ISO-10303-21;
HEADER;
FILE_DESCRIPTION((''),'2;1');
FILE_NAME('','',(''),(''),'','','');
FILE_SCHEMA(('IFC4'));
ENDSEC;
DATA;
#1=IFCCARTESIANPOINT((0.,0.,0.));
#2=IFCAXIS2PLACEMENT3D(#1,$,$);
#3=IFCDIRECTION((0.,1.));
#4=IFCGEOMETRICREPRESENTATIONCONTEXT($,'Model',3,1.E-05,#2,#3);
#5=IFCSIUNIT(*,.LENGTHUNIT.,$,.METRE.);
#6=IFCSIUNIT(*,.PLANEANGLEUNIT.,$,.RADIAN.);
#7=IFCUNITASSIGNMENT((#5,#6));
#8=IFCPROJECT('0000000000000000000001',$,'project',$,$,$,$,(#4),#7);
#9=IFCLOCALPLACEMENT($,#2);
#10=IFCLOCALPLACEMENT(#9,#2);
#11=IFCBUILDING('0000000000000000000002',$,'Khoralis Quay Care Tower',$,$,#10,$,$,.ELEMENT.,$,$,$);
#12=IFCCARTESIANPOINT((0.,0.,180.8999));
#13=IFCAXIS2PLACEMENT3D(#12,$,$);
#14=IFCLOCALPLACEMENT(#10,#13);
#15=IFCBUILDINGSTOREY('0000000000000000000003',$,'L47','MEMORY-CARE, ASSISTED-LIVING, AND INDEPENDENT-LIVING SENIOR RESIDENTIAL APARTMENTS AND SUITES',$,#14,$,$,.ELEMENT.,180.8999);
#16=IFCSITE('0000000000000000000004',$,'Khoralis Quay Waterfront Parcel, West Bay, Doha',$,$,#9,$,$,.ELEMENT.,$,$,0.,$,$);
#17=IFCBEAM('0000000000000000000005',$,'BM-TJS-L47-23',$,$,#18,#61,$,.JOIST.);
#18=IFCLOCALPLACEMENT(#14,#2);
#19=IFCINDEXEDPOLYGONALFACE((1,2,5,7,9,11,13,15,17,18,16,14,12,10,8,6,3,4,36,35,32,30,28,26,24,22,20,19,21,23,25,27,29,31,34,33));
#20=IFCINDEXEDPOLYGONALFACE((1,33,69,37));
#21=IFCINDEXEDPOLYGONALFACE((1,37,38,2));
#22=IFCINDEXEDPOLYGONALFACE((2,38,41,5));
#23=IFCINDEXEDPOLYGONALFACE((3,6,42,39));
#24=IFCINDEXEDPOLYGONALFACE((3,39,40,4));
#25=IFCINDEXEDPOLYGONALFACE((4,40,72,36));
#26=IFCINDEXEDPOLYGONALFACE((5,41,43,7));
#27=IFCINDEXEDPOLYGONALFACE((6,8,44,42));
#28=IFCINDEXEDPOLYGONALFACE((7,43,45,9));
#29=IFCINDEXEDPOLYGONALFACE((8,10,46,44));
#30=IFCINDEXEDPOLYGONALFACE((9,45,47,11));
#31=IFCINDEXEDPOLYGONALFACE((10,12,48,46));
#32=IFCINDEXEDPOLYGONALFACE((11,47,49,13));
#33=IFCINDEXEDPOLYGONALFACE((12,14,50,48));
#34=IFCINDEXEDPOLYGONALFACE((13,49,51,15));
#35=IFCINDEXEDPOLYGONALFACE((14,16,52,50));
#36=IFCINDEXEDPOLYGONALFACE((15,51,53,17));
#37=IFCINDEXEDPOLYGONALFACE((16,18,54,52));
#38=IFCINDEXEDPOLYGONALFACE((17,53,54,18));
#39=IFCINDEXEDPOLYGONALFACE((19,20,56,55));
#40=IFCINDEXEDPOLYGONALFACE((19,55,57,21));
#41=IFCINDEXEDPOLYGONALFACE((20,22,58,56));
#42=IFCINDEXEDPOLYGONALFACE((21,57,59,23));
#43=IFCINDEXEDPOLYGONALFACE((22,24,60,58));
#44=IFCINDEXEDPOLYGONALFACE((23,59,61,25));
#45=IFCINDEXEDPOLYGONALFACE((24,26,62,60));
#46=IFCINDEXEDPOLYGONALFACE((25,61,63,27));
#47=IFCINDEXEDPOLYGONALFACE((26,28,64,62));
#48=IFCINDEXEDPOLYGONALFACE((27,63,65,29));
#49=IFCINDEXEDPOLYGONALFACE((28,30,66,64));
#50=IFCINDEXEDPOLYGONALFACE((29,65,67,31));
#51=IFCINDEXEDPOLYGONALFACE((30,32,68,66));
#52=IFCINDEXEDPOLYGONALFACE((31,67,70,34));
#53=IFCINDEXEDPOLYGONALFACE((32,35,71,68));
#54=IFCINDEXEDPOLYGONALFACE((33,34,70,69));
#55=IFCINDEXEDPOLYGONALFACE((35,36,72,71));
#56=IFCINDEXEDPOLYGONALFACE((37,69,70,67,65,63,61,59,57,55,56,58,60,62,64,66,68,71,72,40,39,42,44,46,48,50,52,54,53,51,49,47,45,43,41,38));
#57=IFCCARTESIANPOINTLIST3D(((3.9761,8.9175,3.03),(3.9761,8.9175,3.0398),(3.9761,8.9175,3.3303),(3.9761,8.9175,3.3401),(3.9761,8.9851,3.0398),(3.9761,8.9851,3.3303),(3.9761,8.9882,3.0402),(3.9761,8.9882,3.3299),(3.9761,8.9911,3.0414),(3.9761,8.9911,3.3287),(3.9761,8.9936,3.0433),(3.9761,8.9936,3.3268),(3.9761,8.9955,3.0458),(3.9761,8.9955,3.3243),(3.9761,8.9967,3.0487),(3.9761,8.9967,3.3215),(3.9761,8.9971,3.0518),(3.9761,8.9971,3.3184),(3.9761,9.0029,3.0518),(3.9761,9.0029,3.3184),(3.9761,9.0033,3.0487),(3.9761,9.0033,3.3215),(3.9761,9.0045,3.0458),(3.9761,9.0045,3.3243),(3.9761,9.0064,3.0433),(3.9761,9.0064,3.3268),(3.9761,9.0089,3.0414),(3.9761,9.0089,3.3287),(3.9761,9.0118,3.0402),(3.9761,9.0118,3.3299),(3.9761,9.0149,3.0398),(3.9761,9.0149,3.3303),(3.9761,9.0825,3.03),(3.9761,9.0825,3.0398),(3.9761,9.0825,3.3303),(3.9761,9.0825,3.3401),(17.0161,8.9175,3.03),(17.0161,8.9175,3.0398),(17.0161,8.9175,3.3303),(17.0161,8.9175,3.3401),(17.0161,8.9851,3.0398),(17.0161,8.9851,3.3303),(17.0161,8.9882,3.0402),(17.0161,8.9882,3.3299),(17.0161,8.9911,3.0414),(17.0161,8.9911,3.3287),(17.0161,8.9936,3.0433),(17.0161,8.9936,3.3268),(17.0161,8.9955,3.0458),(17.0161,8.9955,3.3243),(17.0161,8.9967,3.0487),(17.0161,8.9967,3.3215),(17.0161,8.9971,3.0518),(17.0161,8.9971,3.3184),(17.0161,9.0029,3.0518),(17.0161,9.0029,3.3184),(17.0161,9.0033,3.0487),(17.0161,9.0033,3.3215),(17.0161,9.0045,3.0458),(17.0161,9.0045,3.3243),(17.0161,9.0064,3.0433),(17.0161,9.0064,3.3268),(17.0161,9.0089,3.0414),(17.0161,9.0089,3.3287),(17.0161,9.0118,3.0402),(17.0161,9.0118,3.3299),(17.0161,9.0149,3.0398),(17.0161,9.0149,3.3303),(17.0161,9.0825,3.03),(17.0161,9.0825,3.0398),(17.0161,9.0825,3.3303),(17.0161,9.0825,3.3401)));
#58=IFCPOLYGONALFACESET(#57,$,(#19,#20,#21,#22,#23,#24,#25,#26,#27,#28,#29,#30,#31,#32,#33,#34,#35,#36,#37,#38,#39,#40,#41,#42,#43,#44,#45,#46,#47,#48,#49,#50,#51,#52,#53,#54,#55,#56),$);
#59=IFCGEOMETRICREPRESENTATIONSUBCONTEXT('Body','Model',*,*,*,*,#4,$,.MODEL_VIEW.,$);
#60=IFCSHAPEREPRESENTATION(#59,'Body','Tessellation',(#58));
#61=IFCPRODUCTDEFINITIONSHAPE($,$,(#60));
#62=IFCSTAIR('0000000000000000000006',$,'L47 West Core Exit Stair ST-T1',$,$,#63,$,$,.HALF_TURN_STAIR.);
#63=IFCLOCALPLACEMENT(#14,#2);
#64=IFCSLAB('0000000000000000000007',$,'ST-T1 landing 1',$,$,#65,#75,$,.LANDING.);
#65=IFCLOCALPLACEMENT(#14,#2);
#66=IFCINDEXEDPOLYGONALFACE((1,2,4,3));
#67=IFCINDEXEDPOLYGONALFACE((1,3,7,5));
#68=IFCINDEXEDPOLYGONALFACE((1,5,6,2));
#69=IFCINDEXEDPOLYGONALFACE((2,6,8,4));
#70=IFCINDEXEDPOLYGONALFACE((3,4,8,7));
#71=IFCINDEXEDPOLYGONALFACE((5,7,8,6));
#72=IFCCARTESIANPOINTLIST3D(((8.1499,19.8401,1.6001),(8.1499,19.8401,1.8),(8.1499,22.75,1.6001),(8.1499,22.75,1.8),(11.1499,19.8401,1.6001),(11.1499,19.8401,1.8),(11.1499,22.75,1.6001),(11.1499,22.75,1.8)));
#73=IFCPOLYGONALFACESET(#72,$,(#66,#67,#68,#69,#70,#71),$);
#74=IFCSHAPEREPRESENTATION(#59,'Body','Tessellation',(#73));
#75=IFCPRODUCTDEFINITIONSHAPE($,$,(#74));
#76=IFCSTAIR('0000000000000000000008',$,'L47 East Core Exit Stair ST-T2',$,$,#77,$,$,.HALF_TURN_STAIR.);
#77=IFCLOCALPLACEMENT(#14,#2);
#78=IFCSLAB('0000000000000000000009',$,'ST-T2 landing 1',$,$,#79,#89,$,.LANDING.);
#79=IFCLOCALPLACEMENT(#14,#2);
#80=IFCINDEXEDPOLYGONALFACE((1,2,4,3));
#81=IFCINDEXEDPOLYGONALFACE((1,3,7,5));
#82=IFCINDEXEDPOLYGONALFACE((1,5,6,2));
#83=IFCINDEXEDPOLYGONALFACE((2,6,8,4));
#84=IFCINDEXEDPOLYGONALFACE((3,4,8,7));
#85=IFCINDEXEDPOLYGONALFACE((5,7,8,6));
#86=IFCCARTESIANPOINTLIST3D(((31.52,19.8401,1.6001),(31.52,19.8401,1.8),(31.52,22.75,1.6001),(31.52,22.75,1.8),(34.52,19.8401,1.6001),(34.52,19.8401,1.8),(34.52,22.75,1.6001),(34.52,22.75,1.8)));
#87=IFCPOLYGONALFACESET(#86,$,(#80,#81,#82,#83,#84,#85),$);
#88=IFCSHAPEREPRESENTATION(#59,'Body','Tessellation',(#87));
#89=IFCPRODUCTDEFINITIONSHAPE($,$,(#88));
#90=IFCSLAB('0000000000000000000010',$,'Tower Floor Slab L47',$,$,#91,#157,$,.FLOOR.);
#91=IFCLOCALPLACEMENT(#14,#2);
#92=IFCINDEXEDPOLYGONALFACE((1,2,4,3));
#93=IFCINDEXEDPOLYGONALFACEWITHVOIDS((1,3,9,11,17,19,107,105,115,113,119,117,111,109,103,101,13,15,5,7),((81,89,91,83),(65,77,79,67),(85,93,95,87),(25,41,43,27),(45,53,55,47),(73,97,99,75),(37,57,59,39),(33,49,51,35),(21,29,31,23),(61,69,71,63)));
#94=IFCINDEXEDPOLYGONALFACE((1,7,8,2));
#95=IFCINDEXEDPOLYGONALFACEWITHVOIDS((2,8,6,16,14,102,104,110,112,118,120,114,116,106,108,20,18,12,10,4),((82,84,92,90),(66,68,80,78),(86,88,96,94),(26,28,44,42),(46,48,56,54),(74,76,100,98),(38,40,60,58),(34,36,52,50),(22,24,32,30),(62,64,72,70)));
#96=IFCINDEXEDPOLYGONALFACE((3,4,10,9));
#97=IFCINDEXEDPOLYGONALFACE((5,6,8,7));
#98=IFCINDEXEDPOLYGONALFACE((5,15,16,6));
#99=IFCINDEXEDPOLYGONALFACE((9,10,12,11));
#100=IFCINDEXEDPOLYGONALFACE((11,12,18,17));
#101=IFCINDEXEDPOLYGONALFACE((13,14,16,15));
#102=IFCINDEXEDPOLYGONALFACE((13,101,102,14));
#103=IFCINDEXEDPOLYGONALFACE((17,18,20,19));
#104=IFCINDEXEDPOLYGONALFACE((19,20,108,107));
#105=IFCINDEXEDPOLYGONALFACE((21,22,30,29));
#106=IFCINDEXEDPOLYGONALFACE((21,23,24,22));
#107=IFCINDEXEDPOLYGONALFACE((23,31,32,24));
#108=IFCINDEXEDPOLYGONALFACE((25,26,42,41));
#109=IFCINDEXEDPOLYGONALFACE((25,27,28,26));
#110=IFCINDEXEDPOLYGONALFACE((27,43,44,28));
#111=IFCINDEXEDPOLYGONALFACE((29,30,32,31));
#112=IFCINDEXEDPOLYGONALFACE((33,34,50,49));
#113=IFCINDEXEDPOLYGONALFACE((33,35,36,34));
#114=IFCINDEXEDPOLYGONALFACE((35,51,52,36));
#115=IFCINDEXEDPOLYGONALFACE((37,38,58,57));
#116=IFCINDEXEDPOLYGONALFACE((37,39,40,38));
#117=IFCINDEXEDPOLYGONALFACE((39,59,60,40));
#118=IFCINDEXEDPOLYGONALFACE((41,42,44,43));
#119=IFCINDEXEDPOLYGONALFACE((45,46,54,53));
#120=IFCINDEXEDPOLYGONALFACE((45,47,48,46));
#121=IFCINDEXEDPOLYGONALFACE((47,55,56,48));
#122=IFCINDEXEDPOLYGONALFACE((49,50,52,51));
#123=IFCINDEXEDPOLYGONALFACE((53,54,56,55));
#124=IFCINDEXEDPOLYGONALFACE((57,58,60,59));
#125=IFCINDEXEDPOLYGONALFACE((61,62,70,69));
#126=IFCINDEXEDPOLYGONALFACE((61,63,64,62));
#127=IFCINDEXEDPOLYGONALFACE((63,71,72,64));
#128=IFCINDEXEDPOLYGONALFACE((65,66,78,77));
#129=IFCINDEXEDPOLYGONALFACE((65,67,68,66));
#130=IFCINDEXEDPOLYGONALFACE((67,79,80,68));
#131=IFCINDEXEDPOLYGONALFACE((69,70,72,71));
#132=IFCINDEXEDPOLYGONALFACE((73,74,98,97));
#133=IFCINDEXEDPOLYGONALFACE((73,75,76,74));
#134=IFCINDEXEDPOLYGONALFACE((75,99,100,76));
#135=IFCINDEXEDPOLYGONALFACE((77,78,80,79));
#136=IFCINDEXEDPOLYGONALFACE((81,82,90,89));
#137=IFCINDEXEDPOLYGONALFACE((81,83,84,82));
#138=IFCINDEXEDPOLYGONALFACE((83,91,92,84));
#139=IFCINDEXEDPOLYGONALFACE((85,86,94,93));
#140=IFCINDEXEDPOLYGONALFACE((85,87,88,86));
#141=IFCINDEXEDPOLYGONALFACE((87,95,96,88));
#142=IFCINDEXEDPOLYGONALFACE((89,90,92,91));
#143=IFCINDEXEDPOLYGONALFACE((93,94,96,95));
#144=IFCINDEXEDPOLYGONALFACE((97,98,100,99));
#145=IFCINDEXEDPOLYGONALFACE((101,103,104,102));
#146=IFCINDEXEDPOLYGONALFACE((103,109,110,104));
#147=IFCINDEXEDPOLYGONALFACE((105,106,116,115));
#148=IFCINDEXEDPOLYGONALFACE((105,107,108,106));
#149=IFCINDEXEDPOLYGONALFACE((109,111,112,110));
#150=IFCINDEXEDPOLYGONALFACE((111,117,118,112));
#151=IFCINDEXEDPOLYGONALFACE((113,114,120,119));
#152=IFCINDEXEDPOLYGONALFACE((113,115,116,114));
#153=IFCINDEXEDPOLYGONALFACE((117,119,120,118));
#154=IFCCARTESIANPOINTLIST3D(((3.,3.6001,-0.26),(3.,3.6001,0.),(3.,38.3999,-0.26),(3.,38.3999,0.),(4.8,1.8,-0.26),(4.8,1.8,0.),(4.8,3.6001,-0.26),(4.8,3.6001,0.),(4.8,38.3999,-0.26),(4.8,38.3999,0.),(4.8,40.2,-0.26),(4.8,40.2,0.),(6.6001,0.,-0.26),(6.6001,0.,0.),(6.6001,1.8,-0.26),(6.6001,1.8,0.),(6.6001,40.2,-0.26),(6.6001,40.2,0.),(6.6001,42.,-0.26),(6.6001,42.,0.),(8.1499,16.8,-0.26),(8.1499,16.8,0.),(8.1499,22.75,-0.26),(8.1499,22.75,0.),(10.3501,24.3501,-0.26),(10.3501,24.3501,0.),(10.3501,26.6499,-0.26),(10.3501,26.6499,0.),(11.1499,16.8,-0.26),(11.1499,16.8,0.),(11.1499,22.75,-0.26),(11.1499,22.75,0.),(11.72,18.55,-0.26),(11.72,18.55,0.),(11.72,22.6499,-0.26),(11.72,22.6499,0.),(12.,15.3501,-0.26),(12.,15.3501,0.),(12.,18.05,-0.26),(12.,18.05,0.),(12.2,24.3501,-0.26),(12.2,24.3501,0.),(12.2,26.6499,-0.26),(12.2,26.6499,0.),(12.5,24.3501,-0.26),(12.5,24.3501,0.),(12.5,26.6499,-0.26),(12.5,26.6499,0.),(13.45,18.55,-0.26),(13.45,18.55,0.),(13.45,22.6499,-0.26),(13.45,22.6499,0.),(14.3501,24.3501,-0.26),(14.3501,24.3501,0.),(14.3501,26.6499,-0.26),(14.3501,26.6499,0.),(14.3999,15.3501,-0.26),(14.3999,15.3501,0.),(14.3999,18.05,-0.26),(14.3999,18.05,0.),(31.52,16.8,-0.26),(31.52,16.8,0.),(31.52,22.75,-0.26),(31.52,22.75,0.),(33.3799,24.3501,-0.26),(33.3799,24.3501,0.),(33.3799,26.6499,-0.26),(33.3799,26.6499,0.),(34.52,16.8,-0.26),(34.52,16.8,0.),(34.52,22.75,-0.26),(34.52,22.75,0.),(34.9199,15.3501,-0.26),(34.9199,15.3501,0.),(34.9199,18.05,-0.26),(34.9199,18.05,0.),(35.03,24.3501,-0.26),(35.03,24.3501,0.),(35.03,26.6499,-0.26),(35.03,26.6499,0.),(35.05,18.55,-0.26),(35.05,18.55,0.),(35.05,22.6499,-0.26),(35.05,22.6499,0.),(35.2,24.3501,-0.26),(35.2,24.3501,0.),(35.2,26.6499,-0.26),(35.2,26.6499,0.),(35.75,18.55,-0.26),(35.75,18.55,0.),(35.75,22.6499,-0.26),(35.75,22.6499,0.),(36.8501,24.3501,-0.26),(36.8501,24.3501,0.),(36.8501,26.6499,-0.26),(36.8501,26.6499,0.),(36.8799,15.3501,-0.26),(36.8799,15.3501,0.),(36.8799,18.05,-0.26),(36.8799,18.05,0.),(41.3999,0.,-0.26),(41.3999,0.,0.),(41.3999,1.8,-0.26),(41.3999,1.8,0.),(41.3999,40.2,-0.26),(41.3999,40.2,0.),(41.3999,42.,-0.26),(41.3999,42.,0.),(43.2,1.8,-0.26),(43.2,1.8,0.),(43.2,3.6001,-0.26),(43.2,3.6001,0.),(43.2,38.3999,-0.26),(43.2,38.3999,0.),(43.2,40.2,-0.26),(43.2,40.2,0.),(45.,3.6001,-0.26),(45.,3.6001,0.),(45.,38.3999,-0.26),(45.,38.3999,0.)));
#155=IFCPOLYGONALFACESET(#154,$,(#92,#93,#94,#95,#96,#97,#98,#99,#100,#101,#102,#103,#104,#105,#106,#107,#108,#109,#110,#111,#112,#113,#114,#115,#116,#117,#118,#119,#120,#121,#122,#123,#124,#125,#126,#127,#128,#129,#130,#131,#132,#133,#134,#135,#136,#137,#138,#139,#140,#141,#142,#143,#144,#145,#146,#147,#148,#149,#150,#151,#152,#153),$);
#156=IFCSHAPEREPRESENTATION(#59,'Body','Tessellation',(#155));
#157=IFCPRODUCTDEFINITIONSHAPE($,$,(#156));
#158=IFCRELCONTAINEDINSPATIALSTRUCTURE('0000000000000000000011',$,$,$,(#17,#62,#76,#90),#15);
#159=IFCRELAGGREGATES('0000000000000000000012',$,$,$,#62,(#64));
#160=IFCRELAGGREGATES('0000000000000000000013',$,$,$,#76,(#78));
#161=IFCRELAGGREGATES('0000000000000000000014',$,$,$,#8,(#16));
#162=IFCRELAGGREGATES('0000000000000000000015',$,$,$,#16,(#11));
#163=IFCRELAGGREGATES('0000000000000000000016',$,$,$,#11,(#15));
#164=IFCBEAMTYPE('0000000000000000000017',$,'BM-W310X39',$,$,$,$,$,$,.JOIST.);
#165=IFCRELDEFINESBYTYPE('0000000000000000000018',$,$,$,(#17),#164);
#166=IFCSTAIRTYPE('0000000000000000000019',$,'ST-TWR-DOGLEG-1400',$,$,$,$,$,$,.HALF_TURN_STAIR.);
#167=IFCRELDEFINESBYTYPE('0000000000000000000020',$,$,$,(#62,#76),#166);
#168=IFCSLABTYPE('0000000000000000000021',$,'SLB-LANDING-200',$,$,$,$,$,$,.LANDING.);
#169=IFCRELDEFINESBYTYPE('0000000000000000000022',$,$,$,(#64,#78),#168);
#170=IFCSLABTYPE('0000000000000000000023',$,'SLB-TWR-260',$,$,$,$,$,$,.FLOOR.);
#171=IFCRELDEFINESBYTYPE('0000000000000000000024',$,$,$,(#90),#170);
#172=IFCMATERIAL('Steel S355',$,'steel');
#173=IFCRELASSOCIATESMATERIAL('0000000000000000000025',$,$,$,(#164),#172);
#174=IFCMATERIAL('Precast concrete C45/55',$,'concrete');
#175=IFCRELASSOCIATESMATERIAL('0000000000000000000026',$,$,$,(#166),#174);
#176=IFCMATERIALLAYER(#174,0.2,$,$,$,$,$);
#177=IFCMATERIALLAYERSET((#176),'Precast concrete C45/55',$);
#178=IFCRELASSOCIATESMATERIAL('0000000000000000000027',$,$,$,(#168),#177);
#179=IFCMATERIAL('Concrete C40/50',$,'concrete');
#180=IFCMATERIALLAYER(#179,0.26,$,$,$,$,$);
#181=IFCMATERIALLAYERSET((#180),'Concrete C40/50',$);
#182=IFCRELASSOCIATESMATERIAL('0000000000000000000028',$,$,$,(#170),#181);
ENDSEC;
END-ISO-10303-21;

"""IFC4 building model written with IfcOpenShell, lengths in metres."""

from ifc_helpers import new_model, si_unit, direction, frame, origin, origin_2d, place, context, subcontext, project, spatial, polyline, i_section, outline, extrude, source, transform, mapped, material, layer, layer_set, material_profile, profile_set, type_object, element, aggregate, save


model = new_model("IFC4")

# Units and contexts
model_context = context("Model", 3, precision=1e-05, world=origin(), true_north=direction((0.0, 1.0)))
body_context = subcontext(model_context, "Body", "Model", "MODEL_VIEW")
ifc_project = project(units=[si_unit("LENGTHUNIT", "METRE"), si_unit("PLANEANGLEUNIT", "RADIAN")], contexts=[model_context])

# Site, building, storey
site_placement = place(None, origin())
site = spatial("IfcSite", under=ifc_project, at=site_placement, Name="Khoralis Quay Waterfront Parcel, West Bay, Doha", CompositionType="ELEMENT", RefElevation=0.0)
building_placement = place(site_placement, origin())
building = spatial("IfcBuilding", under=site, at=building_placement, Name="Khoralis Quay Care Tower", CompositionType="ELEMENT")
storey_placement = place(building_placement, frame((0.0, 0.0, 180.8999)))
storey = spatial("IfcBuildingStorey", under=building, at=storey_placement, Name="L47", Description="MEMORY-CARE, ASSISTED-LIVING, AND INDEPENDENT-LIVING SENIOR RESIDENTIAL APARTMENTS AND SUITES", CompositionType="ELEMENT", Elevation=180.8999)

# Beam
ifc_material_1 = material(Name="Steel S355", Category="steel")
ifc_material_profile_1 = material_profile(ifc_material_1, i_section(OverallWidth=0.165, OverallDepth=0.3101, WebThickness=0.0059, FlangeThickness=0.0098, FilletRadius=0.012, at=origin_2d()), Name="Steel S355")
ifc_profile_set_1 = profile_set([ifc_material_profile_1], Name="Steel S355")
beam_type_1 = type_object("IfcBeamType", Name="BM-W310X39", PredefinedType="JOIST", material=ifc_profile_set_1)
shared_shape_1 = source(origin(), body_context, "Body", "SweptSolid", [
    extrude(i_section(OverallWidth=0.165, OverallDepth=0.3101, WebThickness=0.0059, FlangeThickness=0.0098, FilletRadius=0.012, at=origin_2d()), origin(), (0.0, 0.0, 1.0), 13.04),
])
beam_1_placement = place(storey_placement, frame((3.9761, 9.0, 3.1851), z_axis=(1.0, 0.0, 0.0), x_axis=(0.0, 1.0, 0.0)))
element("IfcBeam", 1, at=beam_1_placement, inside=storey, type_object=beam_type_1, Name="BM-TJS-L47-23", PredefinedType="JOIST", context=body_context, shape_type="MappedRepresentation", body=[
    mapped(shared_shape_1, transform((0.0, 0.0, 0.0), scale=1.0)),
])

# Stairs, slabs
ifc_material_2 = material(Name="Precast concrete C45/55", Category="concrete")
stair_type = type_object("IfcStairType", Name="ST-TWR-DOGLEG-1400", PredefinedType="HALF_TURN_STAIR", material=ifc_material_2)
stair_1_placement = place(storey_placement, origin())
stair_1 = element("IfcStair", 2, at=stair_1_placement, inside=storey, type_object=stair_type, Name="L47 West Core Exit Stair ST-T1", PredefinedType="HALF_TURN_STAIR")
ifc_layer_1 = layer(ifc_material_2, 0.2)
ifc_layer_set_1 = layer_set([ifc_layer_1], Name="Precast concrete C45/55")
slab_type_1 = type_object("IfcSlabType", Name="SLB-LANDING-200", PredefinedType="LANDING", material=ifc_layer_set_1)
slab_1_placement = place(storey_placement, frame((0.0, 0.0, 1.6001)))
slab_1 = element("IfcSlab", 3, at=slab_1_placement, type_object=slab_type_1, Name="ST-T1 landing 1", PredefinedType="LANDING", context=body_context, shape_type="SweptSolid", body=[
    extrude(outline(polyline([(11.1499, 19.8401), (11.1499, 22.75), (8.1499, 22.75), (8.1499, 19.8401), (11.1499, 19.8401)])), origin(), (0.0, 0.0, 1.0), 0.2),
])
aggregate(stair_1, [slab_1])
stair_2_placement = place(storey_placement, origin())
stair_2 = element("IfcStair", 4, at=stair_2_placement, inside=storey, type_object=stair_type, Name="L47 East Core Exit Stair ST-T2", PredefinedType="HALF_TURN_STAIR")
slab_2_placement = place(storey_placement, frame((0.0, 0.0, 1.6001)))
slab_2 = element("IfcSlab", 5, at=slab_2_placement, type_object=slab_type_1, Name="ST-T2 landing 1", PredefinedType="LANDING", context=body_context, shape_type="SweptSolid", body=[
    extrude(outline(polyline([(34.52, 19.8401), (34.52, 22.75), (31.52, 22.75), (31.52, 19.8401), (34.52, 19.8401)])), origin(), (0.0, 0.0, 1.0), 0.2),
])
aggregate(stair_2, [slab_2])

# Slab
ifc_material_3 = material(Name="Concrete C40/50", Category="concrete")
ifc_layer_2 = layer(ifc_material_3, 0.26)
ifc_layer_set_2 = layer_set([ifc_layer_2], Name="Concrete C40/50")
slab_type_2 = type_object("IfcSlabType", Name="SLB-TWR-260", PredefinedType="FLOOR", material=ifc_layer_set_2)
slab_3_placement = place(storey_placement, frame((0.0, 0.0, -0.26)))
element("IfcSlab", 6, at=slab_3_placement, inside=storey, type_object=slab_type_2, Name="Tower Floor Slab L47", PredefinedType="FLOOR", context=body_context, shape_type="SweptSolid", body=[
    extrude(outline(polyline([(6.6001, 0.0), (41.3999, 0.0), (41.3999, 1.8), (43.2, 1.8), (43.2, 3.6001), (45.0, 3.6001), (45.0, 38.3999), (43.2, 38.3999), (43.2, 40.2), (41.3999, 40.2), (41.3999, 42.0), (6.6001, 42.0), (6.6001, 40.2), (4.8, 40.2), (4.8, 38.3999), (3.0, 38.3999), (3.0, 3.6001), (4.8, 3.6001), (4.8, 1.8), (6.6001, 1.8), (6.6001, 0.0)]), holes=[polyline([(11.1499, 16.8), (11.1499, 22.75), (8.1499, 22.75), (8.1499, 16.8), (11.1499, 16.8)]), polyline([(34.52, 16.8), (34.52, 22.75), (31.52, 22.75), (31.52, 16.8), (34.52, 16.8)]), polyline([(12.0, 15.3501), (14.3999, 15.3501), (14.3999, 18.05), (12.0, 18.05), (12.0, 15.3501)]), polyline([(34.9199, 15.3501), (36.8799, 15.3501), (36.8799, 18.05), (34.9199, 18.05), (34.9199, 15.3501)]), polyline([(10.3501, 24.3501), (12.2, 24.3501), (12.2, 26.6499), (10.3501, 26.6499), (10.3501, 24.3501)]), polyline([(33.3799, 24.3501), (35.03, 24.3501), (35.03, 26.6499), (33.3799, 26.6499), (33.3799, 24.3501)]), polyline([(12.5, 24.3501), (14.3501, 24.3501), (14.3501, 26.6499), (12.5, 26.6499), (12.5, 24.3501)]), polyline([(35.2, 24.3501), (36.8501, 24.3501), (36.8501, 26.6499), (35.2, 26.6499), (35.2, 24.3501)]), polyline([(11.72, 18.55), (13.45, 18.55), (13.45, 22.6499), (11.72, 22.6499), (11.72, 18.55)]), polyline([(35.05, 18.55), (35.75, 18.55), (35.75, 22.6499), (35.05, 22.6499), (35.05, 18.55)])]), origin(), (0.0, 0.0, 1.0), 0.26),
])

save(model, "model.ifc")
